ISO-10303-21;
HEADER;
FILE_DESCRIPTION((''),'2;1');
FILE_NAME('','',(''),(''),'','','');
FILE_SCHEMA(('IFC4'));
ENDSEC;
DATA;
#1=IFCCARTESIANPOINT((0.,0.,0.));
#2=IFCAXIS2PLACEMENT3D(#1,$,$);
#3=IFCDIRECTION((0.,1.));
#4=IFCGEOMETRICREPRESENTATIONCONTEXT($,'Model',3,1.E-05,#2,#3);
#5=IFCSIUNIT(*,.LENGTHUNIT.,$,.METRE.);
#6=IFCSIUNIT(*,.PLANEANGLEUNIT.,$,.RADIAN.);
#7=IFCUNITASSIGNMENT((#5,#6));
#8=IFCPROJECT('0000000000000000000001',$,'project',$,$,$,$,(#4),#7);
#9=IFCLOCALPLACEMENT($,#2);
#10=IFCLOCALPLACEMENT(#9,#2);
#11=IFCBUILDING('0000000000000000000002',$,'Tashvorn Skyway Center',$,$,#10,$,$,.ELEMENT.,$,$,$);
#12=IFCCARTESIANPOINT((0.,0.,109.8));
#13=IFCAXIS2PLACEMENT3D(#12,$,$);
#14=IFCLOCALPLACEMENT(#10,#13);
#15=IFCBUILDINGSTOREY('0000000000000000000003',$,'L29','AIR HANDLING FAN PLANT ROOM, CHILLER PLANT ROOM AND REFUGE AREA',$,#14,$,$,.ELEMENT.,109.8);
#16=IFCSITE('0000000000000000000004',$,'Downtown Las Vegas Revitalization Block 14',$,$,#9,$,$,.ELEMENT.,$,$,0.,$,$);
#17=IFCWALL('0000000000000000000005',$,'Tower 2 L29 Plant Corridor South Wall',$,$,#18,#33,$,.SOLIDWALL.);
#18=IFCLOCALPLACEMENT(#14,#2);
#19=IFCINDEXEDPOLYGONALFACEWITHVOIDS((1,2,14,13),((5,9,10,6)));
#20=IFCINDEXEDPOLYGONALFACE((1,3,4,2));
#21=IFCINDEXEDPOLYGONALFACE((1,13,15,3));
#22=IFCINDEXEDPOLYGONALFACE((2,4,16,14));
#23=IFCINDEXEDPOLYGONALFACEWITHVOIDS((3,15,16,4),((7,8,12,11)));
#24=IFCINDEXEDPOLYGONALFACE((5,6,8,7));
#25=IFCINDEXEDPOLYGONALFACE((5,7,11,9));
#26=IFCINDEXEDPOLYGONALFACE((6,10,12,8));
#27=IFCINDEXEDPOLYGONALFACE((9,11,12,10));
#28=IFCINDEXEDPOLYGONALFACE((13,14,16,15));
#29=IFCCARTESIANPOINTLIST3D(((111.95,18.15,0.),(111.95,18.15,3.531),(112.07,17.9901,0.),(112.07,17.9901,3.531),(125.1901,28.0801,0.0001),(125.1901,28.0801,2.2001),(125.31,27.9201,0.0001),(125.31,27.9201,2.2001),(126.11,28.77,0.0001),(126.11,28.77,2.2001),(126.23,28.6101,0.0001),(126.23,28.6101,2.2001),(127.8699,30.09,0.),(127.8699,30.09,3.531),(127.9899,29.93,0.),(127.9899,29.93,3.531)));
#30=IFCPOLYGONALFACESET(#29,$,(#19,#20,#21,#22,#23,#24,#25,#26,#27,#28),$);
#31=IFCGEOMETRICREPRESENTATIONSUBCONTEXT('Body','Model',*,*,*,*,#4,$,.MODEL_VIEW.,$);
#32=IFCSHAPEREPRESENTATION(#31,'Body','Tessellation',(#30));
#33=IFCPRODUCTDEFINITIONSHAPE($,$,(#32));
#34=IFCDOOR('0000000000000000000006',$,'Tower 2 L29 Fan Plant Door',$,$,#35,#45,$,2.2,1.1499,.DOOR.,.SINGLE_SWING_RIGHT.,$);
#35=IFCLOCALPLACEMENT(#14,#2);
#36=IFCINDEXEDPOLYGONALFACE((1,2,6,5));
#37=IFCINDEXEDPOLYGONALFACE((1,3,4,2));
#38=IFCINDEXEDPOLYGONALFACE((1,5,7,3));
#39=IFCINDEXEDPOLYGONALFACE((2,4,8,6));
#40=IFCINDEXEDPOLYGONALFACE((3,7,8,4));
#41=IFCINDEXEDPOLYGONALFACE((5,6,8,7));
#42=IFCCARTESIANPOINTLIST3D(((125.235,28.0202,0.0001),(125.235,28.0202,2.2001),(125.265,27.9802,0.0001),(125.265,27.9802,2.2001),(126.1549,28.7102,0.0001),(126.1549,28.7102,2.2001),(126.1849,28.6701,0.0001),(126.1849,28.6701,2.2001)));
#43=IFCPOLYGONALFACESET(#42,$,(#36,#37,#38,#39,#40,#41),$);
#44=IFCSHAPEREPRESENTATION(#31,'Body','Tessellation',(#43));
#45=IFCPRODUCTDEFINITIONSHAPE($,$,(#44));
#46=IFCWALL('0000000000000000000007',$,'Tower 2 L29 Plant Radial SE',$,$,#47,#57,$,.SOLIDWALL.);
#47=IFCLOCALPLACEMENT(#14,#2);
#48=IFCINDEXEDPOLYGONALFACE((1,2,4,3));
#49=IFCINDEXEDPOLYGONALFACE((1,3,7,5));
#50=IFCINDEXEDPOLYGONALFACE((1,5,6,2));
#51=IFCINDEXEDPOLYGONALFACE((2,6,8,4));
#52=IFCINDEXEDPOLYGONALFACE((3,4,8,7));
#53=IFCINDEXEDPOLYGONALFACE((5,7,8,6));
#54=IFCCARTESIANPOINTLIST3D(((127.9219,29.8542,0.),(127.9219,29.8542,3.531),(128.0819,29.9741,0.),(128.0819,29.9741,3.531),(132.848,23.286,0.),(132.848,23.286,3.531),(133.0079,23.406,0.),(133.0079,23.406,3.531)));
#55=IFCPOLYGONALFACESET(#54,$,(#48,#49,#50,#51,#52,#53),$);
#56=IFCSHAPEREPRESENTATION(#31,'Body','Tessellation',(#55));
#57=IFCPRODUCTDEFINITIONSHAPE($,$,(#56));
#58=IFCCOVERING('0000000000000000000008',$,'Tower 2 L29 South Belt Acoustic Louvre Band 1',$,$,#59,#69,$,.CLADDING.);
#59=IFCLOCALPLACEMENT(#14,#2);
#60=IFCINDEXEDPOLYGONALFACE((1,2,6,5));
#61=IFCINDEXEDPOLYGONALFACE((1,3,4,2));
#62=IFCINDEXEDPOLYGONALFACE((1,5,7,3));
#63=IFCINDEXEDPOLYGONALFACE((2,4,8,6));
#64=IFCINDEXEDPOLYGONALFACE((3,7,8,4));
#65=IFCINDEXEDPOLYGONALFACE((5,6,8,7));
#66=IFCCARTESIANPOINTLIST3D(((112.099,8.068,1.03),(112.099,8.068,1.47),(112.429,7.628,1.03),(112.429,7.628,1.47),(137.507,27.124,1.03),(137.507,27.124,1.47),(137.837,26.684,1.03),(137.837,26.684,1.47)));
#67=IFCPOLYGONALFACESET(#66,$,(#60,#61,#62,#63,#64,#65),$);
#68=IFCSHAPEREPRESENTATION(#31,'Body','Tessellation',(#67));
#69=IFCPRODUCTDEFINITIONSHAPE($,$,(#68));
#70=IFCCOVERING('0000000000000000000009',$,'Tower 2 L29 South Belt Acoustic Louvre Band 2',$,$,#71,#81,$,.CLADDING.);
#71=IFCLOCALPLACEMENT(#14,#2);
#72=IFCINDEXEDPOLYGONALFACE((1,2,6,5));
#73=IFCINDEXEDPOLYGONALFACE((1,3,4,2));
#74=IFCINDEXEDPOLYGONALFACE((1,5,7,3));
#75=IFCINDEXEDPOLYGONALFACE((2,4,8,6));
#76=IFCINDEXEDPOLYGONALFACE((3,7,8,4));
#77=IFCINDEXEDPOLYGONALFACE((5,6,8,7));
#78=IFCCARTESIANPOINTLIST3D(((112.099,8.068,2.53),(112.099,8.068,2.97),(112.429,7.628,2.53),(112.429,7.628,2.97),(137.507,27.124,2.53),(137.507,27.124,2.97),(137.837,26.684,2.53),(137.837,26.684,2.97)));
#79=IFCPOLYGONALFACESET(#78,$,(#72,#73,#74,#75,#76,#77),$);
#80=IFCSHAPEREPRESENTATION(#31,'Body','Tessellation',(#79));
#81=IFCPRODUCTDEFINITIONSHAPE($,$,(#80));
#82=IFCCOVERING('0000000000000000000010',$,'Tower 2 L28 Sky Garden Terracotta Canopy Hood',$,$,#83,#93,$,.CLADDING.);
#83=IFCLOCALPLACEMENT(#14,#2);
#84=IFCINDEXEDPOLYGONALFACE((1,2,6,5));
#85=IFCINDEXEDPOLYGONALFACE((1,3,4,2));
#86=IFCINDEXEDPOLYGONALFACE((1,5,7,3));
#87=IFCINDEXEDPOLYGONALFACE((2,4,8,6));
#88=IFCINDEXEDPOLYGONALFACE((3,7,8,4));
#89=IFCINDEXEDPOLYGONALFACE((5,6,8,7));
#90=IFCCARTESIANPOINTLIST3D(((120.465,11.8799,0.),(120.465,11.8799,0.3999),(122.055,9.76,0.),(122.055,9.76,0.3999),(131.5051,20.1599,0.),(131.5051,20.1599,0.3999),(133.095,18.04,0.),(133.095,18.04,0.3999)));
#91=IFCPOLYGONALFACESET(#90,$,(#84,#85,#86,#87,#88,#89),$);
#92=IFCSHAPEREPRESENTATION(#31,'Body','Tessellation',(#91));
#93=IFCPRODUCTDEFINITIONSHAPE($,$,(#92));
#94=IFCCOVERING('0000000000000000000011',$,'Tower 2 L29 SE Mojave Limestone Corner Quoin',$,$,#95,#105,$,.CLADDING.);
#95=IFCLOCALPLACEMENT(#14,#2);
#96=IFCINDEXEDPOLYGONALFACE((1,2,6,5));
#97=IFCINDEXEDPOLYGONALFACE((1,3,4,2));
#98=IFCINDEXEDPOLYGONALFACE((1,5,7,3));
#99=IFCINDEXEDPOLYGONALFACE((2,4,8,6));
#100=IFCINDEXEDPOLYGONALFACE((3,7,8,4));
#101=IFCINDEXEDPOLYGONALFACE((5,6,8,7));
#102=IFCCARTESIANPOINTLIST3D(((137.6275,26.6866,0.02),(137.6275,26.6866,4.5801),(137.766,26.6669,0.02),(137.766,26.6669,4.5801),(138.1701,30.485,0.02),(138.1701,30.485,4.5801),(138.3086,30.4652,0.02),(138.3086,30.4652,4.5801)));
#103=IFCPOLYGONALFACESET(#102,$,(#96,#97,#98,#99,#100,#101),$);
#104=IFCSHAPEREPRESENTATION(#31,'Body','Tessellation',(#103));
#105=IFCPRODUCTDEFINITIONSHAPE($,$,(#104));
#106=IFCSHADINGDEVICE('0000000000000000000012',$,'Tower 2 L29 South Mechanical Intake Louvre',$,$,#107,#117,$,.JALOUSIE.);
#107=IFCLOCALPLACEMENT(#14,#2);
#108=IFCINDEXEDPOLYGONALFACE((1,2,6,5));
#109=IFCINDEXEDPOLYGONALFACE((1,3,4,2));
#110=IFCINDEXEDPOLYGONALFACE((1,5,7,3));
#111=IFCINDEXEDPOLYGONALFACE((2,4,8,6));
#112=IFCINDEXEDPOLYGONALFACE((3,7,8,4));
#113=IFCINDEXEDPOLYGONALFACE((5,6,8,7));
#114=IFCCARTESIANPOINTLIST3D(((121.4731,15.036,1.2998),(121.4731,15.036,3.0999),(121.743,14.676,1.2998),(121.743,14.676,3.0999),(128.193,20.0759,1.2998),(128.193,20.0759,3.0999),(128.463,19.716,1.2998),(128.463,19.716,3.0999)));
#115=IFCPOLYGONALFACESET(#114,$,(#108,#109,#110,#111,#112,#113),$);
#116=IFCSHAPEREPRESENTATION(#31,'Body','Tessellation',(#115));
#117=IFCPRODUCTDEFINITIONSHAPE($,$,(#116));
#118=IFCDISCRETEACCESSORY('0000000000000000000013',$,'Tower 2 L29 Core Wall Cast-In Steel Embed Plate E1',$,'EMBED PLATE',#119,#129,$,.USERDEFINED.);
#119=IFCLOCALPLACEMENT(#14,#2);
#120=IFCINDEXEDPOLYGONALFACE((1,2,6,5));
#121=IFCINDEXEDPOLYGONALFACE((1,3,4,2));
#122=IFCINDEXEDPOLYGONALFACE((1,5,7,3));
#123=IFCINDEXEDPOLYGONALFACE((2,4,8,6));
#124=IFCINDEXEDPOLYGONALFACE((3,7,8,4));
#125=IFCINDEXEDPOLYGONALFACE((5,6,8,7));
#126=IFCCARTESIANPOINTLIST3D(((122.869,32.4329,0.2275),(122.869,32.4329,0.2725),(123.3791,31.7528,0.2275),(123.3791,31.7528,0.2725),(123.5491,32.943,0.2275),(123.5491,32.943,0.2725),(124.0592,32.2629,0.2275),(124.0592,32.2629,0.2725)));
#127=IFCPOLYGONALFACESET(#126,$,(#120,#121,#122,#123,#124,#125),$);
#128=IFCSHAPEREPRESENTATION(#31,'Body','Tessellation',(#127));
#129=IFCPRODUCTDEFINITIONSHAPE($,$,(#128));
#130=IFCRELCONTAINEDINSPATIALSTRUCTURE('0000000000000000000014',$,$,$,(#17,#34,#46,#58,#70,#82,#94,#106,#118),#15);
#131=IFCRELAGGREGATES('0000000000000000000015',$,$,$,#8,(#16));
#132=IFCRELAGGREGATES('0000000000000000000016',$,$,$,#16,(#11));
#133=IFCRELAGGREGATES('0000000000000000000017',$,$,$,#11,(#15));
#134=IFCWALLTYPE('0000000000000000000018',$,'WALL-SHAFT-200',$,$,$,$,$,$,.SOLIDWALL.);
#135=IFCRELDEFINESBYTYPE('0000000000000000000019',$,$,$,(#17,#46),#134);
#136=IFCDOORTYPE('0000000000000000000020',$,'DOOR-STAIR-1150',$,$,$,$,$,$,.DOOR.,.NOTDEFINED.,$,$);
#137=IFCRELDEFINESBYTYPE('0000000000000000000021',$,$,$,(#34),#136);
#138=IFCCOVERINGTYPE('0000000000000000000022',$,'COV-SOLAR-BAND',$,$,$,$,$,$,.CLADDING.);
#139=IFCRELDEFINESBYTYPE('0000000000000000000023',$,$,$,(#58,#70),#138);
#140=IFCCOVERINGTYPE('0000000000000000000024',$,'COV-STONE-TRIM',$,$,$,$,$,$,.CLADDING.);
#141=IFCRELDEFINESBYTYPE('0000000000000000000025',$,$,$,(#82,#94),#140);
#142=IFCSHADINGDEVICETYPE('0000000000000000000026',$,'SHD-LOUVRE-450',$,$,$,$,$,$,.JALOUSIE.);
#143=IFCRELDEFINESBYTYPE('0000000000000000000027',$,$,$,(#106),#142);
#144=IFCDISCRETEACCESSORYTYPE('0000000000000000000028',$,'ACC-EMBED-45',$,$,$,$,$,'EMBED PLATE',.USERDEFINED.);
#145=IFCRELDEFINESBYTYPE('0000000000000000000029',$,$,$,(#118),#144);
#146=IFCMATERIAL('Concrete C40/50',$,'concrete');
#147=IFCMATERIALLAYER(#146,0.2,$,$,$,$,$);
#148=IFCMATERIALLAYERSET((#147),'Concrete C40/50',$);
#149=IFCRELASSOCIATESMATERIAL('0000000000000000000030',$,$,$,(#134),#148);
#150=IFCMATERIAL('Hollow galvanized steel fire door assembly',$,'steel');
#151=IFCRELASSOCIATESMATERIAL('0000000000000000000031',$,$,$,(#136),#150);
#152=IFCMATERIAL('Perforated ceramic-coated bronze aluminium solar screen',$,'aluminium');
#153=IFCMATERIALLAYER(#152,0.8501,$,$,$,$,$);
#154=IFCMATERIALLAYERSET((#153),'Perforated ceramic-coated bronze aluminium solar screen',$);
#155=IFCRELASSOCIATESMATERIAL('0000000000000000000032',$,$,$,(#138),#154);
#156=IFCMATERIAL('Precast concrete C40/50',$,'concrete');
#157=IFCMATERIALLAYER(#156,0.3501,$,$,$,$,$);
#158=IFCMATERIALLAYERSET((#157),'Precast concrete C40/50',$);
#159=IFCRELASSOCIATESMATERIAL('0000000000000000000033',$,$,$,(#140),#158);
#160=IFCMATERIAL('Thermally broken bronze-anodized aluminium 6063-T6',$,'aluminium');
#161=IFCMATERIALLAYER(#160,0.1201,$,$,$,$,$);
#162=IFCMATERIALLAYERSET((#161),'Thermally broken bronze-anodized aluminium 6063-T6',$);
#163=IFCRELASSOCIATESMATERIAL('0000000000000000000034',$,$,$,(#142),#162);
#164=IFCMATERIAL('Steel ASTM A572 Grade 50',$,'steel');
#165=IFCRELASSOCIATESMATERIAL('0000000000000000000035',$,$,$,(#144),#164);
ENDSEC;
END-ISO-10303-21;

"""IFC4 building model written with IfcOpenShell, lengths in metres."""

from ifc_helpers import new_model, si_unit, direction, frame, frame_2d, origin, origin_2d, place, context, subcontext, project, spatial, rectangle, extrude, material, layer, layer_set, type_object, element, fill, save


model = new_model("IFC4")

# Units and contexts
model_context = context("Model", 3, precision=1e-05, world=origin(), true_north=direction((0.0, 1.0)))
body_context = subcontext(model_context, "Body", "Model", "MODEL_VIEW")
ifc_project = project(units=[si_unit("LENGTHUNIT", "METRE"), si_unit("PLANEANGLEUNIT", "RADIAN")], contexts=[model_context])

# Site, building, storey
site_placement = place(None, origin())
site = spatial("IfcSite", under=ifc_project, at=site_placement, Name="Downtown Las Vegas Revitalization Block 14", CompositionType="ELEMENT", RefElevation=0.0)
building_placement = place(site_placement, origin())
building = spatial("IfcBuilding", under=site, at=building_placement, Name="Tashvorn Skyway Center", CompositionType="ELEMENT")
storey_placement = place(building_placement, frame((0.0, 0.0, 109.8)))
storey = spatial("IfcBuildingStorey", under=building, at=storey_placement, Name="L29", Description="AIR HANDLING FAN PLANT ROOM, CHILLER PLANT ROOM AND REFUGE AREA", CompositionType="ELEMENT", Elevation=109.8)

# Shared definitions
ifc_material_1 = material(Name="Steel ASTM A572 Grade 50", Category="steel")

# Shared definitions
ifc_material_2 = material(Name="Hollow galvanized steel fire door assembly", Category="steel")

# Shared definitions
ifc_material_3 = material(Name="Precast concrete C40/50", Category="concrete")

# Wall, opening, door
ifc_material_4 = material(Name="Concrete C40/50", Category="concrete")
ifc_layer_1 = layer(ifc_material_4, 0.2)
ifc_layer_set_1 = layer_set([ifc_layer_1], Name="Concrete C40/50")
wall_type_1 = type_object("IfcWallType", Name="WALL-SHAFT-200", PredefinedType="SOLIDWALL", material=ifc_layer_set_1)
wall_1_placement = place(storey_placement, frame((127.9299, 30.01, 0.0), z_axis=(0.0, 0.0, 1.0), x_axis=(-0.8, -0.6, 0.0)))
wall_1 = element("IfcWall", 1, at=wall_1_placement, inside=storey, type_object=wall_type_1, Name="Tower 2 L29 Plant Corridor South Wall", PredefinedType="SOLIDWALL", context=body_context, shape_type="SweptSolid", body=[
    extrude(rectangle(XDim=19.8999, YDim=0.2, at=frame_2d((9.95, 0.0))), origin(), (0.0, 0.0, 1.0), 3.531),
])
opening_1_placement = place(wall_1_placement, frame((2.2, 0.0, 0.0)))
opening_1 = element("IfcOpeningElement", 2, at=opening_1_placement, cuts=wall_1, PredefinedType="OPENING", context=body_context, shape_type="SweptSolid", body=[
    extrude(rectangle(XDim=1.1499, YDim=2.2, at=frame_2d((0.575, 1.1001))), frame((0.0, 0.1099, 0.0), z_axis=(0.0, -1.0, 0.0), x_axis=(1.0, 0.0, 0.0)), (0.0, 0.0, 1.0), 0.22),
])
door_type_1 = type_object("IfcDoorType", Name="DOOR-STAIR-1150", OperationType="NOTDEFINED", PredefinedType="DOOR", material=ifc_material_2)
door_1_placement = place(opening_1_placement, origin())
door_1 = element("IfcDoor", 3, at=door_1_placement, inside=storey, type_object=door_type_1, Name="Tower 2 L29 Fan Plant Door", OperationType="SINGLE_SWING_RIGHT", OverallHeight=2.2, OverallWidth=1.1499, PredefinedType="DOOR", context=body_context, shape_type="SweptSolid", body=[
    extrude(rectangle(XDim=1.1499, YDim=2.2, at=frame_2d((0.575, 1.1001))), frame((0.0, 0.0249, 0.0), z_axis=(0.0, -1.0, 0.0), x_axis=(1.0, 0.0, 0.0)), (0.0, 0.0, 1.0), 0.05),
])
fill(opening_1, door_1)

# Wall
wall_2_placement = place(storey_placement, frame((128.002, 29.9141, 0.0), z_axis=(0.0, 0.0, 1.0), x_axis=(0.599995, -0.800004, 0.0)))
element("IfcWall", 4, at=wall_2_placement, inside=storey, type_object=wall_type_1, Name="Tower 2 L29 Plant Radial SE", PredefinedType="SOLIDWALL", context=body_context, shape_type="SweptSolid", body=[
    extrude(rectangle(XDim=8.2102, YDim=0.2, at=frame_2d((4.105, 0.0))), origin(), (0.0, 0.0, 1.0), 3.531),
])

# Coverings
ifc_material_5 = material(Name="Perforated ceramic-coated bronze aluminium solar screen", Category="aluminium")
ifc_layer_2 = layer(ifc_material_5, 0.8501)
ifc_layer_set_2 = layer_set([ifc_layer_2], Name="Perforated ceramic-coated bronze aluminium solar screen")
covering_type_1 = type_object("IfcCoveringType", Name="COV-SOLAR-BAND", PredefinedType="CLADDING", material=ifc_layer_set_2)
for number, where, z_axis, x_axis, name in (
    (5, (124.968, 17.376, 1.03), (0.0, 0.0, 1.0), (-0.8, -0.6, 0.0), "Tower 2 L29 South Belt Acoustic Louvre Band 1"),
    (6, (124.968, 17.376, 2.53), (0.0, 0.0, 1.0), (-0.8, -0.6, 0.0), "Tower 2 L29 South Belt Acoustic Louvre Band 2"),
):
    element("IfcCovering", number, at=place(storey_placement, frame(where, z_axis=z_axis, x_axis=x_axis)), inside=storey, type_object=covering_type_1, Name=name, PredefinedType="CLADDING", context=body_context, shape_type="SweptSolid", body=[
        extrude(rectangle(XDim=31.76, YDim=0.55, at=origin_2d()), origin(), (0.0, 0.0, 1.0), 0.4399),
    ])
ifc_layer_3 = layer(ifc_material_3, 0.3501)
ifc_layer_set_3 = layer_set([ifc_layer_3], Name="Precast concrete C40/50")
covering_type_2 = type_object("IfcCoveringType", Name="COV-STONE-TRIM", PredefinedType="CLADDING", material=ifc_layer_set_3)
covering_1_placement = place(storey_placement, frame((126.78, 14.96, 0.0), z_axis=(0.0, 0.0, 1.0), x_axis=(-0.8, -0.6, 0.0)))
element("IfcCovering", 7, at=covering_1_placement, inside=storey, type_object=covering_type_2, Name="Tower 2 L28 Sky Garden Terracotta Canopy Hood", PredefinedType="CLADDING", context=body_context, shape_type="SweptSolid", body=[
    extrude(rectangle(XDim=13.8, YDim=2.6499, at=origin_2d()), origin(), (0.0, 0.0, 1.0), 0.3999),
])
covering_2_placement = place(storey_placement, frame((137.968, 28.5759, 0.02), z_axis=(0.0, 0.0, 1.0), x_axis=(0.141421, 0.989949, 0.0)))
element("IfcCovering", 8, at=covering_2_placement, inside=storey, type_object=covering_type_2, Name="Tower 2 L29 SE Mojave Limestone Corner Quoin", PredefinedType="CLADDING", context=body_context, shape_type="SweptSolid", body=[
    extrude(rectangle(XDim=3.8369, YDim=0.1399, at=origin_2d()), origin(), (0.0, 0.0, 1.0), 4.5601),
])

# Shading device
ifc_material_6 = material(Name="Thermally broken bronze-anodized aluminium 6063-T6", Category="aluminium")
ifc_layer_4 = layer(ifc_material_6, 0.1201)
ifc_layer_set_4 = layer_set([ifc_layer_4], Name="Thermally broken bronze-anodized aluminium 6063-T6")
shading_device_type = type_object("IfcShadingDeviceType", Name="SHD-LOUVRE-450", PredefinedType="JALOUSIE", material=ifc_layer_set_4)
shading_device_placement = place(storey_placement, frame((124.968, 17.376, 1.2998), z_axis=(0.0, 0.0, 1.0), x_axis=(-0.8, -0.6, 0.0)))
element("IfcShadingDevice", 9, at=shading_device_placement, inside=storey, type_object=shading_device_type, Name="Tower 2 L29 South Mechanical Intake Louvre", PredefinedType="JALOUSIE", context=body_context, shape_type="SweptSolid", body=[
    extrude(rectangle(XDim=8.3999, YDim=0.45, at=origin_2d()), origin(), (0.0, 0.0, 1.0), 1.8),
])

# Discrete accessory
discrete_accessory_type = type_object("IfcDiscreteAccessoryType", Name="ACC-EMBED-45", ElementType="EMBED PLATE", PredefinedType="USERDEFINED", material=ifc_material_1)
discrete_accessory_placement = place(storey_placement, frame((123.4641, 32.3479, 0.2275), z_axis=(0.0, 0.0, 1.0), x_axis=(0.8, 0.6, 0.0)))
element("IfcDiscreteAccessory", 10, at=discrete_accessory_placement, inside=storey, type_object=discrete_accessory_type, Name="Tower 2 L29 Core Wall Cast-In Steel Embed Plate E1", ObjectType="EMBED PLATE", PredefinedType="USERDEFINED", context=body_context, shape_type="SweptSolid", body=[
    extrude(rectangle(XDim=0.8501, YDim=0.8501, at=origin_2d()), origin(), (0.0, 0.0, 1.0), 0.0449),
])

save(model, "model.ifc")
